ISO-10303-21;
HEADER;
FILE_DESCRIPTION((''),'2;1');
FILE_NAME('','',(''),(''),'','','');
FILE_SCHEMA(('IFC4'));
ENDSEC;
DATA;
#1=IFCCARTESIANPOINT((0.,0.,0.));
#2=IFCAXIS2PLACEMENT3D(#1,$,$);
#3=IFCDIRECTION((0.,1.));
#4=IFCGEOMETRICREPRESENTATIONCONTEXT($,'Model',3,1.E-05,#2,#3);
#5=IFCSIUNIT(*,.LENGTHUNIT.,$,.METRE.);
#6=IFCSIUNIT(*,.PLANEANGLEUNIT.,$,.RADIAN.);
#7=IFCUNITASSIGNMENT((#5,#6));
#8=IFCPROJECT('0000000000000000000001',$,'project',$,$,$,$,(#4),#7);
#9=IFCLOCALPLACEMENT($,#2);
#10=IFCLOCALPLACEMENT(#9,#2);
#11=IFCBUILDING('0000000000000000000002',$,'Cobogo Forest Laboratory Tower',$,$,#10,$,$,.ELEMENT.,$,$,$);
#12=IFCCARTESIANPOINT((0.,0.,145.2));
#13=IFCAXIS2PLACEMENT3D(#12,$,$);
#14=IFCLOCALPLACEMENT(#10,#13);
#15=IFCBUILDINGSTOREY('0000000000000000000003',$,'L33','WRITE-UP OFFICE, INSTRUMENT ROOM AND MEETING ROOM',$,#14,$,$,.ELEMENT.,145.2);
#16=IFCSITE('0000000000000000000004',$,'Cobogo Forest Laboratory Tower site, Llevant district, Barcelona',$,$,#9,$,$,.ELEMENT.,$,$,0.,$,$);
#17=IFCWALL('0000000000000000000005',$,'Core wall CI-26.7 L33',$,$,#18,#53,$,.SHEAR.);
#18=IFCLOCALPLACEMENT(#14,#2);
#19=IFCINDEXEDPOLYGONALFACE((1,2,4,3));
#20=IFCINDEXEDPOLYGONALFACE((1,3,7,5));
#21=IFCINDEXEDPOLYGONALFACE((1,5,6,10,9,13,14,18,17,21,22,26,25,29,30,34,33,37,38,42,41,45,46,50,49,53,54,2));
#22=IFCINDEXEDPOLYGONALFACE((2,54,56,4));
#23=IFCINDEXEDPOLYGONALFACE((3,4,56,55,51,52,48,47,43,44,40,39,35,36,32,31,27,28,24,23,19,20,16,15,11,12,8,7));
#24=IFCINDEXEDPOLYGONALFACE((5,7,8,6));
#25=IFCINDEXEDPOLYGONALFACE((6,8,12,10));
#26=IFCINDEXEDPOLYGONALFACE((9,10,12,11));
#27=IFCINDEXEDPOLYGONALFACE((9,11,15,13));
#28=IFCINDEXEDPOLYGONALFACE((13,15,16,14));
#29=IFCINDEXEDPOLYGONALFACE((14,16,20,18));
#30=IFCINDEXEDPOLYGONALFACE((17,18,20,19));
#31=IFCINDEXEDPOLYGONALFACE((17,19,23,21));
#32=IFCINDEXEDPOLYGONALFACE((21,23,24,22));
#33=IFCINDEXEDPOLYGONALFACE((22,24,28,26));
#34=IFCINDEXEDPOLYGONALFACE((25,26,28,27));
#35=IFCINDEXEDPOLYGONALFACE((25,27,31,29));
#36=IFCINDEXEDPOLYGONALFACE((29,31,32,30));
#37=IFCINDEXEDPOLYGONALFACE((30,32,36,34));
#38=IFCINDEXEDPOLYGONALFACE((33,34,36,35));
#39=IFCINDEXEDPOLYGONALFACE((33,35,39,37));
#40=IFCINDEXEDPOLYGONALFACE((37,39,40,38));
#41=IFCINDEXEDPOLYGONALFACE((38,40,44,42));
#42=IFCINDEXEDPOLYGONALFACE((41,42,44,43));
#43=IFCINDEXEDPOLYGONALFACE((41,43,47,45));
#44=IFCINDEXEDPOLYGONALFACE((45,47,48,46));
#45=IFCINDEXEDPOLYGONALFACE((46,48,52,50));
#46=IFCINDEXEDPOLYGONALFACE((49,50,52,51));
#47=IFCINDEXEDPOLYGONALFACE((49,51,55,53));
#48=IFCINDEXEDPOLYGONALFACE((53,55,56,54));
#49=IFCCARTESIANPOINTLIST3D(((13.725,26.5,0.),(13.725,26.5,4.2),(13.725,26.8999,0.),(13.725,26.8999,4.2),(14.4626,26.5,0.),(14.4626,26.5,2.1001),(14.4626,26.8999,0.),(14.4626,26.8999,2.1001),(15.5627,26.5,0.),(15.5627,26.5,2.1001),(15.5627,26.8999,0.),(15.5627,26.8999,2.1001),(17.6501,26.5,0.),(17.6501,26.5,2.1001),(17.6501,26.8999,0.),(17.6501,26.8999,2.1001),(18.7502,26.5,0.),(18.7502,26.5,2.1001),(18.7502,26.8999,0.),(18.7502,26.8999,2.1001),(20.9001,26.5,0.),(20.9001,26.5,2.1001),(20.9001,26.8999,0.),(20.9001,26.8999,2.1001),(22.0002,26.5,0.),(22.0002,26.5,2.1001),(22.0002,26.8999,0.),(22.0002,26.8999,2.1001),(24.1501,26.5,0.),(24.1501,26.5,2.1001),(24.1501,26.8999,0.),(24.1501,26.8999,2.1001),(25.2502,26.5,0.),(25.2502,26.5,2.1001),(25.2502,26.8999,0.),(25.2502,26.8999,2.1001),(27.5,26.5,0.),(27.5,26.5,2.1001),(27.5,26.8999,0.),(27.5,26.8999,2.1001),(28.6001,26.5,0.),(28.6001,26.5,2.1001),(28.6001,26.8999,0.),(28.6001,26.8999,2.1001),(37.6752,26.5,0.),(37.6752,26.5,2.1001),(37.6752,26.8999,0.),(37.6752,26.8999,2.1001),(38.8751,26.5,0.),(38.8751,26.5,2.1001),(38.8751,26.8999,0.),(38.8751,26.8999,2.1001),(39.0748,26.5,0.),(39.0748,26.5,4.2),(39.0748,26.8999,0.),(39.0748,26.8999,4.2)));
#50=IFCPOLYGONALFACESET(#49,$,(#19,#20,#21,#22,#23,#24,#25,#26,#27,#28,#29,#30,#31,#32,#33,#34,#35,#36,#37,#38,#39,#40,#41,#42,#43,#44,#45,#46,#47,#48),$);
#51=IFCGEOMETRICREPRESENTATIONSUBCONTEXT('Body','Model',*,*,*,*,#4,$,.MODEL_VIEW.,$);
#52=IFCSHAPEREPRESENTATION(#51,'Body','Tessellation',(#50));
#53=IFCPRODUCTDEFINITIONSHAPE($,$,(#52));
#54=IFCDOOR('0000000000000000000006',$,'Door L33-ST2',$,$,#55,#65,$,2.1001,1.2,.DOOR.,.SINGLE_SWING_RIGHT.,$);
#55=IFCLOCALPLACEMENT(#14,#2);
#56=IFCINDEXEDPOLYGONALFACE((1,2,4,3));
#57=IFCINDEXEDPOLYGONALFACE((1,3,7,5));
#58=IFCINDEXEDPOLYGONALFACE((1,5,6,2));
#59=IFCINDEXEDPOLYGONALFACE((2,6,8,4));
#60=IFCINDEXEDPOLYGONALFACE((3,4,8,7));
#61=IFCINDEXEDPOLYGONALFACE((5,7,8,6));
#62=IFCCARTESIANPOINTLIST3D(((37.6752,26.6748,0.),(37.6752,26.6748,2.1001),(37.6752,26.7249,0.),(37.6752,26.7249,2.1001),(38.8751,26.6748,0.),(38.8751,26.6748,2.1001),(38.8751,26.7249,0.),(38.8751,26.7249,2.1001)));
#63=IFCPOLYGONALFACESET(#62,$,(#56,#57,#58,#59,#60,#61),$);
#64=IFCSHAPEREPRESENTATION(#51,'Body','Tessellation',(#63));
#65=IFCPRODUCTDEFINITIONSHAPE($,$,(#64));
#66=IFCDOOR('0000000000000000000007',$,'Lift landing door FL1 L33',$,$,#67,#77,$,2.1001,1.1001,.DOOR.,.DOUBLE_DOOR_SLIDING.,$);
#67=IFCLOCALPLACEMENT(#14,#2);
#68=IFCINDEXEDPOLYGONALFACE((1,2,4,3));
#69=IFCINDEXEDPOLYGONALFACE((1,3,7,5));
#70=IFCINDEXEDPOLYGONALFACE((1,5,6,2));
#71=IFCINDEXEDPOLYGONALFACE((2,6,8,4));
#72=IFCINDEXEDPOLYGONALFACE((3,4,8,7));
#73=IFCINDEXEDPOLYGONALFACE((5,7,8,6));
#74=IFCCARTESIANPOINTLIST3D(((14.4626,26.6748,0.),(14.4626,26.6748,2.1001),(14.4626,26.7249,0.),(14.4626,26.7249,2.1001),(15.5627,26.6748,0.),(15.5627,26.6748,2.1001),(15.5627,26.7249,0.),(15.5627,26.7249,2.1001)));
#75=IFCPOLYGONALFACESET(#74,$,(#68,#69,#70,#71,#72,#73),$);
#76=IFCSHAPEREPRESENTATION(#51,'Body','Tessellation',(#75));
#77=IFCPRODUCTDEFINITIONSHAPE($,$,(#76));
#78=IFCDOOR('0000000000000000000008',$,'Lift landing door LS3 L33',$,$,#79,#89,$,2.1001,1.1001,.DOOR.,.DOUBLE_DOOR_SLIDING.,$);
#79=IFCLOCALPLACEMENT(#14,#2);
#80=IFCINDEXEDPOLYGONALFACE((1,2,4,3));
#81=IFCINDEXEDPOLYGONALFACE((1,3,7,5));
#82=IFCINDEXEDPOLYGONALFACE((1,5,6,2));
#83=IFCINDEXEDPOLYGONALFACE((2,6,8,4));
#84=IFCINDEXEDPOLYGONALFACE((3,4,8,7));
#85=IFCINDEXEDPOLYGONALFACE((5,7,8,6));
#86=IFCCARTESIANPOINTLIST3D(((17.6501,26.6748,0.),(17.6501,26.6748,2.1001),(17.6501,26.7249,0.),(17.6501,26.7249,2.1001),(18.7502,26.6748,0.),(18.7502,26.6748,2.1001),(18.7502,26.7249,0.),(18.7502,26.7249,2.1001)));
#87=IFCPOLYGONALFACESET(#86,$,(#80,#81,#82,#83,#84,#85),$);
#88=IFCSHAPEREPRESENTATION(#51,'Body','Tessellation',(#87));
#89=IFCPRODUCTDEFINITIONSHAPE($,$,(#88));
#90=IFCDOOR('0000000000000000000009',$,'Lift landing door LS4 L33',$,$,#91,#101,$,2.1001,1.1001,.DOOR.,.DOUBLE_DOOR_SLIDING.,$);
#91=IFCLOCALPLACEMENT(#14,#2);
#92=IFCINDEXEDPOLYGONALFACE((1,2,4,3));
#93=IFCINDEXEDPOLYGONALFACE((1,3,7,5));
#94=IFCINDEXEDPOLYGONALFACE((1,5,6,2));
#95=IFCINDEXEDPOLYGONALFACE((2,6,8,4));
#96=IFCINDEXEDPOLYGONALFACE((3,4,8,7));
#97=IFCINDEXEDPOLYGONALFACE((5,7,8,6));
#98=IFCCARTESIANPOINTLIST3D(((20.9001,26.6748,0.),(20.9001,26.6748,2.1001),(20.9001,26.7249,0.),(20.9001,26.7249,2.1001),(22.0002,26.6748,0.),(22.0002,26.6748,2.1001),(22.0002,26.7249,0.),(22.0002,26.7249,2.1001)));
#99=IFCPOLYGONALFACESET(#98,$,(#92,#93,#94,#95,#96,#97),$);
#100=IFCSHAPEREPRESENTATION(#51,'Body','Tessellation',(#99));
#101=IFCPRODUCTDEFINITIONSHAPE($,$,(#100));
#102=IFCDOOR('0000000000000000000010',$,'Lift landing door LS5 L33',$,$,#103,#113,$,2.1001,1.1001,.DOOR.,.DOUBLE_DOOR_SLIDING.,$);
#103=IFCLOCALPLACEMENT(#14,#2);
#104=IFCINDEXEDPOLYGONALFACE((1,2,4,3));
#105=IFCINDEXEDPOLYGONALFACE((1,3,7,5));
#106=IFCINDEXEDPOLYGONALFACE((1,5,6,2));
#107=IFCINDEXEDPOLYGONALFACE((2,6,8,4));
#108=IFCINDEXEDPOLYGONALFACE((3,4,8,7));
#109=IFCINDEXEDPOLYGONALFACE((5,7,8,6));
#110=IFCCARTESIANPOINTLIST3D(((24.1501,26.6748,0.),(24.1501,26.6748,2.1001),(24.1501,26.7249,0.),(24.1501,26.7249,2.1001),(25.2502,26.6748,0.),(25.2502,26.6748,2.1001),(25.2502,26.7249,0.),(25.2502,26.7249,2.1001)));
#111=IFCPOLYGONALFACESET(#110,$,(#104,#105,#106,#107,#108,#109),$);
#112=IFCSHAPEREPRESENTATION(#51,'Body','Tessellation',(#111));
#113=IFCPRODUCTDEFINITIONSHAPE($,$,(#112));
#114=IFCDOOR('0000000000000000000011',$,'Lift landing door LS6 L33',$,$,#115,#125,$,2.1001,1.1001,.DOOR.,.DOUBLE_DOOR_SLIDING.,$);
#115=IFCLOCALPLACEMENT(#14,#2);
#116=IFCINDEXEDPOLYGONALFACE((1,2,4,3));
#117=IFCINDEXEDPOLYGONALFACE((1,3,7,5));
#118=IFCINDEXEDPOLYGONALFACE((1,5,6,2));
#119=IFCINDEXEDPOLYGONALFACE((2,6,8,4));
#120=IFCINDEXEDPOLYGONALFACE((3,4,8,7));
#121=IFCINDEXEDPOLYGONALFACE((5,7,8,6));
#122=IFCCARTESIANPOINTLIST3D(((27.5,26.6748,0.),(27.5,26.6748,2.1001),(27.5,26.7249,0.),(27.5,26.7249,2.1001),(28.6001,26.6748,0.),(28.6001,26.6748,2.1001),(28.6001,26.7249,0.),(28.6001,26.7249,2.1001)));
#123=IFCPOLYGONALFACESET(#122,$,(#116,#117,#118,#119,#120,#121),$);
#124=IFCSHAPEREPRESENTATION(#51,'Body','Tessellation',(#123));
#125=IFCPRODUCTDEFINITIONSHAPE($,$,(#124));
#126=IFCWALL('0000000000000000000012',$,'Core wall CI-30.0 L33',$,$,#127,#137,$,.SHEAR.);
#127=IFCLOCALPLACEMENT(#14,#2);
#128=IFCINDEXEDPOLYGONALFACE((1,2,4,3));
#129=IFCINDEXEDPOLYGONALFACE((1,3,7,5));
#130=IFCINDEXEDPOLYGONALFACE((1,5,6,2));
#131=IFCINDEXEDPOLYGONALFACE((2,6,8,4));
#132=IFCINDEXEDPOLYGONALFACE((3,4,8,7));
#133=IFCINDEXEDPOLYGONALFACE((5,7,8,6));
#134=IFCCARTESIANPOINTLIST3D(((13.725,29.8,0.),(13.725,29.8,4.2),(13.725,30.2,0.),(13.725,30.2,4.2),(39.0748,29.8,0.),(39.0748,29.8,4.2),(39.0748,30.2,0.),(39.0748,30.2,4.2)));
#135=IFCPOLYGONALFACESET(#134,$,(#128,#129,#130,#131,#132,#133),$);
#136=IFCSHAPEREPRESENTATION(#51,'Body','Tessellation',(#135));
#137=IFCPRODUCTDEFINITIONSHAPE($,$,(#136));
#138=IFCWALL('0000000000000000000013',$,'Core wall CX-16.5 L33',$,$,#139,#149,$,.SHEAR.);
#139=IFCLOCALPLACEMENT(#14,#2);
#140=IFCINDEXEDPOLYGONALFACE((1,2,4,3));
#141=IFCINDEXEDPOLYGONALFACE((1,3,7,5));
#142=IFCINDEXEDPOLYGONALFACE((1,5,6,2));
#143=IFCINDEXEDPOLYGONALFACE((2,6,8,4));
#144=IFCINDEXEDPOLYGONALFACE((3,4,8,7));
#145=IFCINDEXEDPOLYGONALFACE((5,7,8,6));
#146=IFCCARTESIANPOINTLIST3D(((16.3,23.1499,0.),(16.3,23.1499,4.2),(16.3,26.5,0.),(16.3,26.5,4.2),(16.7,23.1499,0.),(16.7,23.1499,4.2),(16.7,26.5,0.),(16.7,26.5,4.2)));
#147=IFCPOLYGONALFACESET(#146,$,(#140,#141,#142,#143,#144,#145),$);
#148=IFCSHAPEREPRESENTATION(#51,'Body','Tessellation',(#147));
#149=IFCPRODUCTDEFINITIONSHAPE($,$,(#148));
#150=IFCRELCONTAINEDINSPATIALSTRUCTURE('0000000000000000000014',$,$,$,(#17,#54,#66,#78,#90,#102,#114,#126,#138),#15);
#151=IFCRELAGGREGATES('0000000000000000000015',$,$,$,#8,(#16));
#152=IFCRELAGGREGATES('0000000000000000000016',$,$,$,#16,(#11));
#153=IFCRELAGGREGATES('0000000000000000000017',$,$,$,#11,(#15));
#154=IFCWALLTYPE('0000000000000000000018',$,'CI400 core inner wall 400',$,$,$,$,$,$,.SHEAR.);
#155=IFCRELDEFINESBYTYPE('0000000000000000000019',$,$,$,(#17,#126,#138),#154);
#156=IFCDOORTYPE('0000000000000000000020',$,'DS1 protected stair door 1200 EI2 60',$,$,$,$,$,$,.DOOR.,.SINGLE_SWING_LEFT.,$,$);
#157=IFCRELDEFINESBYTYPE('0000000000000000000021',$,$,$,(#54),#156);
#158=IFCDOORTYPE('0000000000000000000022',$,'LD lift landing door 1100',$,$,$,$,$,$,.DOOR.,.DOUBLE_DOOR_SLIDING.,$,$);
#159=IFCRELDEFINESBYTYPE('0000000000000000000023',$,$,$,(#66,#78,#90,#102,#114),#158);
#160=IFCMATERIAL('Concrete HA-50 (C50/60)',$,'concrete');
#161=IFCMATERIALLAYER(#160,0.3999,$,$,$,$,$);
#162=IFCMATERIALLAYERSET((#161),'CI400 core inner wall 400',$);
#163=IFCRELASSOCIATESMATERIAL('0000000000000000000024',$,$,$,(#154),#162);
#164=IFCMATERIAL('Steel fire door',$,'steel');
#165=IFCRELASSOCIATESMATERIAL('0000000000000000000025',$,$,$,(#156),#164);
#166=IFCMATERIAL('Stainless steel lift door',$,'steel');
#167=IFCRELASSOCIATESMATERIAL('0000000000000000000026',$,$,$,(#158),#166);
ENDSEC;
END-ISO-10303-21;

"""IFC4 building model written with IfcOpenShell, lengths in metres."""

from ifc_helpers import new_model, si_unit, direction, frame, frame_2d, origin, place, context, subcontext, project, spatial, rectangle, extrude, material, layer, layer_set, type_object, element, fill, save


model = new_model("IFC4")

# Units and contexts
model_context = context("Model", 3, precision=1e-05, world=origin(), true_north=direction((0.0, 1.0)))
body_context = subcontext(model_context, "Body", "Model", "MODEL_VIEW")
ifc_project = project(units=[si_unit("LENGTHUNIT", "METRE"), si_unit("PLANEANGLEUNIT", "RADIAN")], contexts=[model_context])

# Site, building, storey
site_placement = place(None, origin())
site = spatial("IfcSite", under=ifc_project, at=site_placement, Name="Cobogo Forest Laboratory Tower site, Llevant district, Barcelona", CompositionType="ELEMENT", RefElevation=0.0)
building_placement = place(site_placement, origin())
building = spatial("IfcBuilding", under=site, at=building_placement, Name="Cobogo Forest Laboratory Tower", CompositionType="ELEMENT")
storey_placement = place(building_placement, frame((0.0, 0.0, 145.2)))
storey = spatial("IfcBuildingStorey", under=building, at=storey_placement, Name="L33", Description="WRITE-UP OFFICE, INSTRUMENT ROOM AND MEETING ROOM", CompositionType="ELEMENT", Elevation=145.2)

# Shared definitions
ifc_material_1 = material(Name="Concrete HA-50 (C50/60)", Category="concrete")

# Shared definitions
ifc_layer_1 = layer(ifc_material_1, 0.3999)
ifc_layer_set_1 = layer_set([ifc_layer_1], Name="CI400 core inner wall 400")
wall_type_1 = type_object("IfcWallType", Name="CI400 core inner wall 400", PredefinedType="SHEAR", material=ifc_layer_set_1)

# Wall, openings, doors
wall_1_placement = place(storey_placement, frame((13.7251, 26.7, 0.0), z_axis=(0.0, 0.0, 1.0), x_axis=(1.0, 0.0, 0.0)))
wall_1 = element("IfcWall", 1, at=wall_1_placement, inside=storey, type_object=wall_type_1, Name="Core wall CI-26.7 L33", PredefinedType="SHEAR", context=body_context, shape_type="SweptSolid", body=[
    extrude(rectangle(XDim=25.3499, YDim=0.3999, at=frame_2d((12.6748, 0.0))), origin(), (0.0, 0.0, 1.0), 4.2),
])
opening_1_placement = place(wall_1_placement, frame((23.95, 0.0, 0.0)))
opening_1 = element("IfcOpeningElement", 2, at=opening_1_placement, cuts=wall_1, PredefinedType="OPENING", context=body_context, shape_type="SweptSolid", body=[
    extrude(rectangle(XDim=1.2, YDim=2.1001, at=frame_2d((0.6001, 1.05))), frame((0.0, 0.21, 0.0), z_axis=(0.0, -1.0, 0.0), x_axis=(1.0, 0.0, 0.0)), (0.0, 0.0, 1.0), 0.4199),
])
opening_2_placement = place(wall_1_placement, frame((0.7375, 0.0, 0.0)))
opening_2 = element("IfcOpeningElement", 3, at=opening_2_placement, cuts=wall_1, PredefinedType="OPENING", context=body_context, shape_type="SweptSolid", body=[
    extrude(rectangle(XDim=1.1001, YDim=2.1001, at=frame_2d((0.55, 1.05))), frame((0.0, 0.21, 0.0), z_axis=(0.0, -1.0, 0.0), x_axis=(1.0, 0.0, 0.0)), (0.0, 0.0, 1.0), 0.4199),
])
opening_3_placement = place(wall_1_placement, frame((3.925, 0.0, 0.0)))
opening_3 = element("IfcOpeningElement", 4, at=opening_3_placement, cuts=wall_1, PredefinedType="OPENING", context=body_context, shape_type="SweptSolid", body=[
    extrude(rectangle(XDim=1.1001, YDim=2.1001, at=frame_2d((0.55, 1.05))), frame((0.0, 0.21, 0.0), z_axis=(0.0, -1.0, 0.0), x_axis=(1.0, 0.0, 0.0)), (0.0, 0.0, 1.0), 0.4199),
])
opening_4_placement = place(wall_1_placement, frame((7.175, 0.0, 0.0)))
opening_4 = element("IfcOpeningElement", 5, at=opening_4_placement, cuts=wall_1, PredefinedType="OPENING", context=body_context, shape_type="SweptSolid", body=[
    extrude(rectangle(XDim=1.1001, YDim=2.1001, at=frame_2d((0.55, 1.05))), frame((0.0, 0.21, 0.0), z_axis=(0.0, -1.0, 0.0), x_axis=(1.0, 0.0, 0.0)), (0.0, 0.0, 1.0), 0.4199),
])
opening_5_placement = place(wall_1_placement, frame((10.425, 0.0, 0.0)))
opening_5 = element("IfcOpeningElement", 6, at=opening_5_placement, cuts=wall_1, PredefinedType="OPENING", context=body_context, shape_type="SweptSolid", body=[
    extrude(rectangle(XDim=1.1001, YDim=2.1001, at=frame_2d((0.55, 1.05))), frame((0.0, 0.21, 0.0), z_axis=(0.0, -1.0, 0.0), x_axis=(1.0, 0.0, 0.0)), (0.0, 0.0, 1.0), 0.4199),
])
opening_6_placement = place(wall_1_placement, frame((13.7749, 0.0, 0.0)))
opening_6 = element("IfcOpeningElement", 7, at=opening_6_placement, cuts=wall_1, PredefinedType="OPENING", context=body_context, shape_type="SweptSolid", body=[
    extrude(rectangle(XDim=1.1001, YDim=2.1001, at=frame_2d((0.55, 1.05))), frame((0.0, 0.21, 0.0), z_axis=(0.0, -1.0, 0.0), x_axis=(1.0, 0.0, 0.0)), (0.0, 0.0, 1.0), 0.4199),
])
ifc_material_2 = material(Name="Steel fire door", Category="steel")
door_type_1 = type_object("IfcDoorType", Name="DS1 protected stair door 1200 EI2 60", OperationType="SINGLE_SWING_LEFT", PredefinedType="DOOR", material=ifc_material_2)
door_1_placement = place(opening_1_placement, origin())
door_1 = element("IfcDoor", 8, at=door_1_placement, inside=storey, type_object=door_type_1, Name="Door L33-ST2", OperationType="SINGLE_SWING_RIGHT", OverallHeight=2.1001, OverallWidth=1.2, PredefinedType="DOOR", context=body_context, shape_type="SweptSolid", body=[
    extrude(rectangle(XDim=1.2, YDim=2.1001, at=frame_2d((0.6001, 1.05))), frame((0.0, 0.0249, 0.0), z_axis=(0.0, -1.0, 0.0), x_axis=(1.0, 0.0, 0.0)), (0.0, 0.0, 1.0), 0.05),
])
fill(opening_1, door_1)
ifc_material_3 = material(Name="Stainless steel lift door", Category="steel")
door_type_2 = type_object("IfcDoorType", Name="LD lift landing door 1100", OperationType="DOUBLE_DOOR_SLIDING", PredefinedType="DOOR", material=ifc_material_3)
door_2_placement = place(opening_2_placement, origin())
door_2 = element("IfcDoor", 9, at=door_2_placement, inside=storey, type_object=door_type_2, Name="Lift landing door FL1 L33", OperationType="DOUBLE_DOOR_SLIDING", OverallHeight=2.1001, OverallWidth=1.1001, PredefinedType="DOOR", context=body_context, shape_type="SweptSolid", body=[
    extrude(rectangle(XDim=1.1001, YDim=2.1001, at=frame_2d((0.55, 1.05))), frame((0.0, 0.0249, 0.0), z_axis=(0.0, -1.0, 0.0), x_axis=(1.0, 0.0, 0.0)), (0.0, 0.0, 1.0), 0.05),
])
fill(opening_2, door_2)
door_3_placement = place(opening_3_placement, origin())
door_3 = element("IfcDoor", 10, at=door_3_placement, inside=storey, type_object=door_type_2, Name="Lift landing door LS3 L33", OperationType="DOUBLE_DOOR_SLIDING", OverallHeight=2.1001, OverallWidth=1.1001, PredefinedType="DOOR", context=body_context, shape_type="SweptSolid", body=[
    extrude(rectangle(XDim=1.1001, YDim=2.1001, at=frame_2d((0.55, 1.05))), frame((0.0, 0.0249, 0.0), z_axis=(0.0, -1.0, 0.0), x_axis=(1.0, 0.0, 0.0)), (0.0, 0.0, 1.0), 0.05),
])
fill(opening_3, door_3)
door_4_placement = place(opening_4_placement, origin())
door_4 = element("IfcDoor", 11, at=door_4_placement, inside=storey, type_object=door_type_2, Name="Lift landing door LS4 L33", OperationType="DOUBLE_DOOR_SLIDING", OverallHeight=2.1001, OverallWidth=1.1001, PredefinedType="DOOR", context=body_context, shape_type="SweptSolid", body=[
    extrude(rectangle(XDim=1.1001, YDim=2.1001, at=frame_2d((0.55, 1.05))), frame((0.0, 0.0249, 0.0), z_axis=(0.0, -1.0, 0.0), x_axis=(1.0, 0.0, 0.0)), (0.0, 0.0, 1.0), 0.05),
])
fill(opening_4, door_4)
door_5_placement = place(opening_5_placement, origin())
door_5 = element("IfcDoor", 12, at=door_5_placement, inside=storey, type_object=door_type_2, Name="Lift landing door LS5 L33", OperationType="DOUBLE_DOOR_SLIDING", OverallHeight=2.1001, OverallWidth=1.1001, PredefinedType="DOOR", context=body_context, shape_type="SweptSolid", body=[
    extrude(rectangle(XDim=1.1001, YDim=2.1001, at=frame_2d((0.55, 1.05))), frame((0.0, 0.0249, 0.0), z_axis=(0.0, -1.0, 0.0), x_axis=(1.0, 0.0, 0.0)), (0.0, 0.0, 1.0), 0.05),
])
fill(opening_5, door_5)
door_6_placement = place(opening_6_placement, origin())
door_6 = element("IfcDoor", 13, at=door_6_placement, inside=storey, type_object=door_type_2, Name="Lift landing door LS6 L33", OperationType="DOUBLE_DOOR_SLIDING", OverallHeight=2.1001, OverallWidth=1.1001, PredefinedType="DOOR", context=body_context, shape_type="SweptSolid", body=[
    extrude(rectangle(XDim=1.1001, YDim=2.1001, at=frame_2d((0.55, 1.05))), frame((0.0, 0.0249, 0.0), z_axis=(0.0, -1.0, 0.0), x_axis=(1.0, 0.0, 0.0)), (0.0, 0.0, 1.0), 0.05),
])
fill(opening_6, door_6)

# Walls
wall_2_placement = place(storey_placement, frame((13.7251, 30.0, 0.0), z_axis=(0.0, 0.0, 1.0), x_axis=(1.0, 0.0, 0.0)))
element("IfcWall", 14, at=wall_2_placement, inside=storey, type_object=wall_type_1, Name="Core wall CI-30.0 L33", PredefinedType="SHEAR", context=body_context, shape_type="SweptSolid", body=[
    extrude(rectangle(XDim=25.3499, YDim=0.3999, at=frame_2d((12.6748, 0.0))), origin(), (0.0, 0.0, 1.0), 4.2),
])
wall_3_placement = place(storey_placement, frame((16.5, 23.1499, 0.0), z_axis=(0.0, 0.0, 1.0), x_axis=(0.0, 1.0, 0.0)))
element("IfcWall", 15, at=wall_3_placement, inside=storey, type_object=wall_type_1, Name="Core wall CX-16.5 L33", PredefinedType="SHEAR", context=body_context, shape_type="SweptSolid", body=[
    extrude(rectangle(XDim=3.3501, YDim=0.3999, at=frame_2d((1.675, 0.0))), origin(), (0.0, 0.0, 1.0), 4.2),
])

save(model, "model.ifc")
